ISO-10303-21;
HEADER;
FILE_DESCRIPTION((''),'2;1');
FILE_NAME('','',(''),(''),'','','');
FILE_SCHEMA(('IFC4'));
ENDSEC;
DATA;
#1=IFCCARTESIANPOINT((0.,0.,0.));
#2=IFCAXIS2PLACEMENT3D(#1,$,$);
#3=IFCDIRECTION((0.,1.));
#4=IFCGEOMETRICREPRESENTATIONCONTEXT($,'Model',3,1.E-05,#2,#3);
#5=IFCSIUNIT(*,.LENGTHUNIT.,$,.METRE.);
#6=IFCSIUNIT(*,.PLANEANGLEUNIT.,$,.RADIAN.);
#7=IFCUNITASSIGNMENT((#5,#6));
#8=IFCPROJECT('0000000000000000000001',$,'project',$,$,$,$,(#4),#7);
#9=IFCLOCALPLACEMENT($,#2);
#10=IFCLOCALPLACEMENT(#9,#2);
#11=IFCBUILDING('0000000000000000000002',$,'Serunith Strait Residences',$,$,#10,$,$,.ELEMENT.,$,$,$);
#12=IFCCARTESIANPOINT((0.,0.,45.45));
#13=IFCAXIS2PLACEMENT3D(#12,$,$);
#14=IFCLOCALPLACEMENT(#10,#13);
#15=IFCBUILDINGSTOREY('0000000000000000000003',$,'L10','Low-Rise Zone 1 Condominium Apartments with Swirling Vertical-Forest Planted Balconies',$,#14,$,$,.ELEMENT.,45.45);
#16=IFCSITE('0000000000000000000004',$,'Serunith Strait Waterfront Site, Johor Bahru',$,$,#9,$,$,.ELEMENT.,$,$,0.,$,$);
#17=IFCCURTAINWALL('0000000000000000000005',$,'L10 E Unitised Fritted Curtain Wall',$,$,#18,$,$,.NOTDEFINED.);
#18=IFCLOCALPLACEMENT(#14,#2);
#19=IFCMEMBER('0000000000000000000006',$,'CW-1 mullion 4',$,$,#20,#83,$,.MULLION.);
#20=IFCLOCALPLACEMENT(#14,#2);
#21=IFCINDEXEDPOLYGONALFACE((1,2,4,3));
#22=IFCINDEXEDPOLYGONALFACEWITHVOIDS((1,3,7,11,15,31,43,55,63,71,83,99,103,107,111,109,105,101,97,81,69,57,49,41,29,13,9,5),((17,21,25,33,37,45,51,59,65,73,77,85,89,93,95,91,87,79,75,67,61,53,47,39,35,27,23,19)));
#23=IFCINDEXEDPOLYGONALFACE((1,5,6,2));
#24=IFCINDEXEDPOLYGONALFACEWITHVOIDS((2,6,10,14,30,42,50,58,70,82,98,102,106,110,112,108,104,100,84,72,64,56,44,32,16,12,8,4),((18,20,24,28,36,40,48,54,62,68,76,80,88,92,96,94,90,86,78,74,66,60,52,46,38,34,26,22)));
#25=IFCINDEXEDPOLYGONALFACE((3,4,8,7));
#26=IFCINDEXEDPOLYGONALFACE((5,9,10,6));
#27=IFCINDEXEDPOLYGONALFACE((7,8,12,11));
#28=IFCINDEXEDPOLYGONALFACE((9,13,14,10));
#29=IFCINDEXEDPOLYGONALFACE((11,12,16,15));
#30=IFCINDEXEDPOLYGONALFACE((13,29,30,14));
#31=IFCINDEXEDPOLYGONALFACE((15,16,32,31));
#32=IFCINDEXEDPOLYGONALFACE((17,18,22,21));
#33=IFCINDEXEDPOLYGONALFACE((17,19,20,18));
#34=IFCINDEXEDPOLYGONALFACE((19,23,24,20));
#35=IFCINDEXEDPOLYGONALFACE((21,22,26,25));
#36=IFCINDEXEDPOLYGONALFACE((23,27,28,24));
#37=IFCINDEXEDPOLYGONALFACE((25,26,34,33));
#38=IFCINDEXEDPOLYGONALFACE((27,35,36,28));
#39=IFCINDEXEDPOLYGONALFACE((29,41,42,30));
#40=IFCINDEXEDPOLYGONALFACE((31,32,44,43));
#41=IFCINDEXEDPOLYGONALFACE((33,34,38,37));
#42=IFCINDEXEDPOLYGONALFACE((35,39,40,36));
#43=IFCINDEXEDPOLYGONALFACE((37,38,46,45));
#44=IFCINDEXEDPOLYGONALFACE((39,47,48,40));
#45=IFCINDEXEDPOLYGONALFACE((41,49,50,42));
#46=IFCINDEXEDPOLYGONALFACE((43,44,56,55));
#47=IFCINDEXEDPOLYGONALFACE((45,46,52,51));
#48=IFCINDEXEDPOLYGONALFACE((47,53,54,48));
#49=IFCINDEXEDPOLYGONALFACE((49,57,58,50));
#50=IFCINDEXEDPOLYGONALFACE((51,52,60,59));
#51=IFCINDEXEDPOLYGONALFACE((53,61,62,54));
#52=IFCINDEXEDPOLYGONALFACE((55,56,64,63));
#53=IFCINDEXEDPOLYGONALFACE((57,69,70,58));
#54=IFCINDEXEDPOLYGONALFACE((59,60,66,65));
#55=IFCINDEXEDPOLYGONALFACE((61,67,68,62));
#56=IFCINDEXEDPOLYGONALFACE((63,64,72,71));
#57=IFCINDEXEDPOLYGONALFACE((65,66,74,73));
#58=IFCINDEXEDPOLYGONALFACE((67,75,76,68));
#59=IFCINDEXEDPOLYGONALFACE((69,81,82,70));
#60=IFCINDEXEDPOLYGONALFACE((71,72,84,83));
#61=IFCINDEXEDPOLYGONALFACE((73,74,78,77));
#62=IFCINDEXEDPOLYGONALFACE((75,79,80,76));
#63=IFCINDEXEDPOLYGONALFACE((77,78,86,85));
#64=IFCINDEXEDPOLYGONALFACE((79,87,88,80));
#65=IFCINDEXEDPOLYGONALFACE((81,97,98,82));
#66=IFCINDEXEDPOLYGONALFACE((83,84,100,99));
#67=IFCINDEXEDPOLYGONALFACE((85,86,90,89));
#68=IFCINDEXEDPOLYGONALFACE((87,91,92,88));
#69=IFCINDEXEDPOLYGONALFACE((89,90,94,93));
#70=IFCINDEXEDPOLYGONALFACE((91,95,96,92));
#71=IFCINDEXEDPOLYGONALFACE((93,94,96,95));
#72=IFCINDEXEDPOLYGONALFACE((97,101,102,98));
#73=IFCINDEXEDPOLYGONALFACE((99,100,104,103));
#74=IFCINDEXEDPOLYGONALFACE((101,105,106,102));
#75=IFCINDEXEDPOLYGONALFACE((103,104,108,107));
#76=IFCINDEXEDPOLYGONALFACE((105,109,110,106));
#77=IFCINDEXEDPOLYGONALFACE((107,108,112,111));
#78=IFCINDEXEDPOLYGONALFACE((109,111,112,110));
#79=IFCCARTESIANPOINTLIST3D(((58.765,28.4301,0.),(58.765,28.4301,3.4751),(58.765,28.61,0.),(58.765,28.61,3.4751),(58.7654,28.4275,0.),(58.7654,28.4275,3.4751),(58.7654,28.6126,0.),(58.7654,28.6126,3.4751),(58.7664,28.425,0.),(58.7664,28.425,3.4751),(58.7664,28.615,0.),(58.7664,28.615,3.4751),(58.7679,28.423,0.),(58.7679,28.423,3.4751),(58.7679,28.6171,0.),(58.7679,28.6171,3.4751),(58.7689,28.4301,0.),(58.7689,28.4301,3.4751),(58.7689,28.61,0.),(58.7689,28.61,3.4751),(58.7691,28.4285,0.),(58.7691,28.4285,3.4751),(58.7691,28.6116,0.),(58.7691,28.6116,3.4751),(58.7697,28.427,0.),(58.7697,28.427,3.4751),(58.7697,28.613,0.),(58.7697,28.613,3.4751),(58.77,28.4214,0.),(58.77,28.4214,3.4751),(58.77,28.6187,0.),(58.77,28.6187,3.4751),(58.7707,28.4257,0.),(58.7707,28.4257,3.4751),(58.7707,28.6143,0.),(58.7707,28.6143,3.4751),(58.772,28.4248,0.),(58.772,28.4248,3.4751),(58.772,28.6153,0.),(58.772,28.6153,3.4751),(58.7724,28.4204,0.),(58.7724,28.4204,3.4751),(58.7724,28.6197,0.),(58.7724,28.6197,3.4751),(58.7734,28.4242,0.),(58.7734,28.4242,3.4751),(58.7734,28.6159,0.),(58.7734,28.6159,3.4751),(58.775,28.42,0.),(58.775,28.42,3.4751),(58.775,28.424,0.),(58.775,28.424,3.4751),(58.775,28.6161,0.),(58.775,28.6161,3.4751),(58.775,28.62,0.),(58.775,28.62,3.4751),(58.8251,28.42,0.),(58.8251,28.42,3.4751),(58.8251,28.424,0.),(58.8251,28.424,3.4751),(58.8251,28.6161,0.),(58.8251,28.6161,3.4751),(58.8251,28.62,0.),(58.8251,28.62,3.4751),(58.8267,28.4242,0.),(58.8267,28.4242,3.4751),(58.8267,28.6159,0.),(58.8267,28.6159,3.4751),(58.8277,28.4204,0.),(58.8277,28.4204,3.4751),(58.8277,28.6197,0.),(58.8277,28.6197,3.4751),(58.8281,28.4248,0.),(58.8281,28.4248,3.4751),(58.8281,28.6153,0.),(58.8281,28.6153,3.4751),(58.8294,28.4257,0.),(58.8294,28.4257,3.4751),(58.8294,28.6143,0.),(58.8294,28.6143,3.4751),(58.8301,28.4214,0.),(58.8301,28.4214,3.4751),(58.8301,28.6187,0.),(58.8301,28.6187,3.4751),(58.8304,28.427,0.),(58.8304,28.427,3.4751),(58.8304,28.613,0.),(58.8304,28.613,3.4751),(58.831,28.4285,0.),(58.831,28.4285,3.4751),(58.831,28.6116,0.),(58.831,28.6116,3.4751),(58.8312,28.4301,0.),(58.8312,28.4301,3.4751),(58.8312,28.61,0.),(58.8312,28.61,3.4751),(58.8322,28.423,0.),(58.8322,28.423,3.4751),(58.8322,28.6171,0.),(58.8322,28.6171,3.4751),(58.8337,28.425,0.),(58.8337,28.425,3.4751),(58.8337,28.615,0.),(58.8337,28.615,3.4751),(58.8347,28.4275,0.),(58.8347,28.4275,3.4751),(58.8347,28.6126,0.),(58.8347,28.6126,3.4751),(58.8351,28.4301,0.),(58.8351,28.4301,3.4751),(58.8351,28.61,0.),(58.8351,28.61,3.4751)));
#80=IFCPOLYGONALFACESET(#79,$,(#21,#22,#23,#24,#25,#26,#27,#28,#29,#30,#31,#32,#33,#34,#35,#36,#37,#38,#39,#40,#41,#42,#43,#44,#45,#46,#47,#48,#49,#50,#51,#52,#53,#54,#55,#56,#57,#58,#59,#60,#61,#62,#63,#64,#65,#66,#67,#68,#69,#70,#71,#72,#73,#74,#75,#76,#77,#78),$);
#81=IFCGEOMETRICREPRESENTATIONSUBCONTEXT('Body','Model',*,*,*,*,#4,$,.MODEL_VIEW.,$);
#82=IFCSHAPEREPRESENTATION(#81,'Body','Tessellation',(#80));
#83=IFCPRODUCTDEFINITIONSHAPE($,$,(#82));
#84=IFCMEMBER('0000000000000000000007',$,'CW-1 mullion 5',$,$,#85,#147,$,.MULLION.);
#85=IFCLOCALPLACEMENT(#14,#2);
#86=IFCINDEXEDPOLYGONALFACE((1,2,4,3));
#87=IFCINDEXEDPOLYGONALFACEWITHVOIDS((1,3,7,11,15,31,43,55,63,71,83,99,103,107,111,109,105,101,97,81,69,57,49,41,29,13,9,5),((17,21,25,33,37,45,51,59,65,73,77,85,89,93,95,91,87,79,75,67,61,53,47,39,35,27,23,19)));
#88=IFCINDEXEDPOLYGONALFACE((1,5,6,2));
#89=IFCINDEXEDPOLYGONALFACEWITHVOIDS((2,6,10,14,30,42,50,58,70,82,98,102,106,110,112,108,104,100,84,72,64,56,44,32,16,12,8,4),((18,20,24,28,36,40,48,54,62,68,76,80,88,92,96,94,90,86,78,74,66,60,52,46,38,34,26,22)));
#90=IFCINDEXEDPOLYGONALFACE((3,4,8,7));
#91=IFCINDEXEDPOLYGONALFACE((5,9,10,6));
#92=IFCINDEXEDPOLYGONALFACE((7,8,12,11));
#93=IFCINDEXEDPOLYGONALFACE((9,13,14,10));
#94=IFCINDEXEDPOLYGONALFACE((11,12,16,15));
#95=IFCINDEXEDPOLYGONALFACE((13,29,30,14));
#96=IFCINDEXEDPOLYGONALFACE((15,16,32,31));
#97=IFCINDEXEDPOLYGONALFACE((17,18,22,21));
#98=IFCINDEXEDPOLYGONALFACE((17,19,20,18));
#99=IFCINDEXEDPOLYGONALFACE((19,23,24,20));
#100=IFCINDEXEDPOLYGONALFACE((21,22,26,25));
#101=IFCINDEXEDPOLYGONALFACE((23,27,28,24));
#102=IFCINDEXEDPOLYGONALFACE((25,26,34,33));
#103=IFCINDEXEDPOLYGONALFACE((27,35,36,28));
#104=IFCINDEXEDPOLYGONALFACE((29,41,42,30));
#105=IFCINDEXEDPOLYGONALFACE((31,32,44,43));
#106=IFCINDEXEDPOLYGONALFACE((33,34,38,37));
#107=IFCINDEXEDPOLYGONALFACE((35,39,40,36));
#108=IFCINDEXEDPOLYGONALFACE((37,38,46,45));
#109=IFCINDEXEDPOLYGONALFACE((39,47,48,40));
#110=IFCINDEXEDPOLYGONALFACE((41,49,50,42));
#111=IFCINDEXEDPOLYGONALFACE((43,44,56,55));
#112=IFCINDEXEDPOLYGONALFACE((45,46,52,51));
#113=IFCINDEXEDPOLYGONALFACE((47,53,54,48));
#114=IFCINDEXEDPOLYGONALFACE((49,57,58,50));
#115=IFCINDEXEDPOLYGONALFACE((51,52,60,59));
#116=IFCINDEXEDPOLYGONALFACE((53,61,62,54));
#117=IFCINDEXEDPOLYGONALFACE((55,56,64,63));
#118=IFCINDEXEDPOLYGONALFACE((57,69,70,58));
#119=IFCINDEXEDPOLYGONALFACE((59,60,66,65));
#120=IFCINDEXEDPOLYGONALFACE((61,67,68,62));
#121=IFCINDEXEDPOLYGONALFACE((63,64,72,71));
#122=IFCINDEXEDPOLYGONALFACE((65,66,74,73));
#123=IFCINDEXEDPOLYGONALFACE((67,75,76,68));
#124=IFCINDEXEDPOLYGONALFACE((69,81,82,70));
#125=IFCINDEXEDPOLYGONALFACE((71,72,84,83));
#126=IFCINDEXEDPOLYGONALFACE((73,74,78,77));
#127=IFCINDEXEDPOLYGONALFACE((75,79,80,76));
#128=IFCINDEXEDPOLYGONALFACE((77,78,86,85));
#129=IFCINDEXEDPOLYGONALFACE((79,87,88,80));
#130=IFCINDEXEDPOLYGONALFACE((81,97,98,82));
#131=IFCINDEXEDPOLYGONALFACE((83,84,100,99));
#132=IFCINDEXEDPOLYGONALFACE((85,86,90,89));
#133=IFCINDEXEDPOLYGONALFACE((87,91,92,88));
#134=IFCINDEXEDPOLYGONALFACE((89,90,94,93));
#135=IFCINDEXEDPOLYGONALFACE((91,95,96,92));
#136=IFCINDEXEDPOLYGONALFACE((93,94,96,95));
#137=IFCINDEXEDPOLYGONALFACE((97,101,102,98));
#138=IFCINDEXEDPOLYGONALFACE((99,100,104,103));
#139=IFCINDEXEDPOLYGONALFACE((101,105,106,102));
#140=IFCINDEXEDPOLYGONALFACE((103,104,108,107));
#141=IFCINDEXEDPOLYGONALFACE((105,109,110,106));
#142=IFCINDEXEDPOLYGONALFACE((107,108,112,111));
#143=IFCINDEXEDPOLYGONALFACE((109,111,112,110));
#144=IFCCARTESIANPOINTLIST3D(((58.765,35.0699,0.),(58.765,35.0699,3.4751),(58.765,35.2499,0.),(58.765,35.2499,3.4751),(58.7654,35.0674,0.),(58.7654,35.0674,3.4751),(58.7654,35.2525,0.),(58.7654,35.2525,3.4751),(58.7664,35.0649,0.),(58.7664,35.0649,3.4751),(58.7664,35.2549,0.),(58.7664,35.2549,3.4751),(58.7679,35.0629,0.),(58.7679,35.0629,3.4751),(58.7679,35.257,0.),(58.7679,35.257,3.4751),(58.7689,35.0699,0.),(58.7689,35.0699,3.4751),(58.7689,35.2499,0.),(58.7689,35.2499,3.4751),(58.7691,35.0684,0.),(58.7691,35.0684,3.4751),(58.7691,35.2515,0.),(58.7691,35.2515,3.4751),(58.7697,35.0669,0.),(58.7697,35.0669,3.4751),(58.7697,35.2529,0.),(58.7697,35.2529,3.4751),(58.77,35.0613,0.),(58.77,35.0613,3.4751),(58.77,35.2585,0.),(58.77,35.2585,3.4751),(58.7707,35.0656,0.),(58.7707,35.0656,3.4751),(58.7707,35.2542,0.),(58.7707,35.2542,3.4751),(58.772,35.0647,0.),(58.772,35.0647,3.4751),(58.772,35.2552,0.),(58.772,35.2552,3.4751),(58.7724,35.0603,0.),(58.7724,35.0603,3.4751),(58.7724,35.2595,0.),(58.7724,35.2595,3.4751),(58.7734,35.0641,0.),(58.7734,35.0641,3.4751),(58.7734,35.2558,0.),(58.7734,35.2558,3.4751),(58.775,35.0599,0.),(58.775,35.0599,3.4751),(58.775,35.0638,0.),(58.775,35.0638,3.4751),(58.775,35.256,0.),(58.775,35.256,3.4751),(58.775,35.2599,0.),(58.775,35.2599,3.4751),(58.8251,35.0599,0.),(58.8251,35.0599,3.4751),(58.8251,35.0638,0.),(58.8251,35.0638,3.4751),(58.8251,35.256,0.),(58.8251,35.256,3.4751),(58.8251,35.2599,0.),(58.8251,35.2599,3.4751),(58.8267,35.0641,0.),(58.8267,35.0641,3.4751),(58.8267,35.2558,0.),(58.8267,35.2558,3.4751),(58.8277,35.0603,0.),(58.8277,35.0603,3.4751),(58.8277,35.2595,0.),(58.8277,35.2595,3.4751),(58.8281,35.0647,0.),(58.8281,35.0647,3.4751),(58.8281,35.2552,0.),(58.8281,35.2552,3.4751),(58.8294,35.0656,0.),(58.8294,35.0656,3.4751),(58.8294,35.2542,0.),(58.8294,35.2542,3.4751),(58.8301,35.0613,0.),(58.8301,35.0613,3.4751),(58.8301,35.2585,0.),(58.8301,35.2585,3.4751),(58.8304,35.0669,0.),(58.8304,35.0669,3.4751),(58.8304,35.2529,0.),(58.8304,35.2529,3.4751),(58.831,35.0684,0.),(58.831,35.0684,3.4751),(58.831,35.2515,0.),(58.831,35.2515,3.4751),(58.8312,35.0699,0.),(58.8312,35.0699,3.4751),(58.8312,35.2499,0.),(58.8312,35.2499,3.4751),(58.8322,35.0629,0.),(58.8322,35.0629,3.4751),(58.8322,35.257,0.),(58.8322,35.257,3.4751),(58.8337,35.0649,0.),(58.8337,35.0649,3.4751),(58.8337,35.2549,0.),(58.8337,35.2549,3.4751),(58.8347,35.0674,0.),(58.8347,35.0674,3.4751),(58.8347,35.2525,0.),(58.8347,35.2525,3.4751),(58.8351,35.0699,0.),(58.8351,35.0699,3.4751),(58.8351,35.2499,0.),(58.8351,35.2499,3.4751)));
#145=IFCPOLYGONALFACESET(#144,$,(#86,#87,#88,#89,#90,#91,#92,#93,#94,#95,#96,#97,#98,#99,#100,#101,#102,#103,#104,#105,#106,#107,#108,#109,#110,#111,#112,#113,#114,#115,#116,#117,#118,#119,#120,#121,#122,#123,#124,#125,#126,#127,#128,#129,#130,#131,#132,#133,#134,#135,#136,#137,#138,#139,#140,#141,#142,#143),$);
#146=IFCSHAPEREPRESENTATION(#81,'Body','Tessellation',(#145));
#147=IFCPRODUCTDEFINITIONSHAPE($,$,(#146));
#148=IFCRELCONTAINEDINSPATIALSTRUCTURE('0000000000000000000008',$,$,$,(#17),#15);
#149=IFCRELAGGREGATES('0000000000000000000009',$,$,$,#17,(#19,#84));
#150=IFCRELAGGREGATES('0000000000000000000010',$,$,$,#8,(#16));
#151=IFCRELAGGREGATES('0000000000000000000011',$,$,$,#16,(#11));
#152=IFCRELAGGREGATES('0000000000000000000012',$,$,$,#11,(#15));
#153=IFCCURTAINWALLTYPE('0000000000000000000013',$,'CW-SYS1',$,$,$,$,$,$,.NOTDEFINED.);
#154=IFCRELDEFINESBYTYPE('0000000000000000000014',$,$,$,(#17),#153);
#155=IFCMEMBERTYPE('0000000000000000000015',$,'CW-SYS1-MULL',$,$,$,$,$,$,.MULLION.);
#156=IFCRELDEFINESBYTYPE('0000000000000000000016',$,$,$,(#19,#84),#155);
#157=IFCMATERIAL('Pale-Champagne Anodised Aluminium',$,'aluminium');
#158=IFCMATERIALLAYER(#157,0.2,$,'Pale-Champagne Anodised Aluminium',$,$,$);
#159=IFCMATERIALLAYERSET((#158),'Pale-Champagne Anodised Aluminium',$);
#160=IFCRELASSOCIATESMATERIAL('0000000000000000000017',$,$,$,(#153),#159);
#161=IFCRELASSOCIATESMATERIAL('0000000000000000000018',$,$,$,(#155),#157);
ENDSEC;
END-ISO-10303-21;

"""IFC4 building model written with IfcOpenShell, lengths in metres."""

from ifc_helpers import new_model, si_unit, direction, frame, origin, origin_2d, place, context, subcontext, project, spatial, hollow_rectangle, extrude, source, transform, mapped, material, layer, layer_set, material_profile, profile_set, type_object, element, aggregate, save


model = new_model("IFC4")

# Units and contexts
model_context = context("Model", 3, precision=1e-05, world=origin(), true_north=direction((0.0, 1.0)))
body_context = subcontext(model_context, "Body", "Model", "MODEL_VIEW")
ifc_project = project(units=[si_unit("LENGTHUNIT", "METRE"), si_unit("PLANEANGLEUNIT", "RADIAN")], contexts=[model_context])

# Site, building, storey
site_placement = place(None, origin())
site = spatial("IfcSite", under=ifc_project, at=site_placement, Name="Serunith Strait Waterfront Site, Johor Bahru", CompositionType="ELEMENT", RefElevation=0.0)
building_placement = place(site_placement, origin())
building = spatial("IfcBuilding", under=site, at=building_placement, Name="Serunith Strait Residences", CompositionType="ELEMENT")
storey_placement = place(building_placement, frame((0.0, 0.0, 45.45)))
storey = spatial("IfcBuildingStorey", under=building, at=storey_placement, Name="L10", Description="Low-Rise Zone 1 Condominium Apartments with Swirling Vertical-Forest Planted Balconies", CompositionType="ELEMENT", Elevation=45.45)

# Curtain wall, members
ifc_material_1 = material(Name="Pale-Champagne Anodised Aluminium", Category="aluminium")
ifc_layer_1 = layer(ifc_material_1, 0.2, Name="Pale-Champagne Anodised Aluminium")
ifc_layer_set_1 = layer_set([ifc_layer_1], Name="Pale-Champagne Anodised Aluminium")
curtain_wall_type = type_object("IfcCurtainWallType", Name="CW-SYS1", PredefinedType="NOTDEFINED", material=ifc_layer_set_1)
curtain_wall_placement = place(storey_placement, origin())
curtain_wall = element("IfcCurtainWall", 1, at=curtain_wall_placement, inside=storey, type_object=curtain_wall_type, Name="L10 E Unitised Fritted Curtain Wall", PredefinedType="NOTDEFINED")
ifc_material_profile_1 = material_profile(ifc_material_1, hollow_rectangle(XDim=0.0701, YDim=0.2, WallThickness=0.0039, InnerFilletRadius=0.0061, OuterFilletRadius=0.01, at=origin_2d()), Name="ALU 200x70x4")
ifc_profile_set_1 = profile_set([ifc_material_profile_1], Name="Pale-Champagne Anodised Aluminium")
member_type_1 = type_object("IfcMemberType", Name="CW-SYS1-MULL", PredefinedType="MULLION", material=ifc_profile_set_1)
shared_shape_1 = source(origin(), body_context, "Body", "SweptSolid", [
    extrude(hollow_rectangle(XDim=0.0701, YDim=0.2, WallThickness=0.0039, InnerFilletRadius=0.0061, OuterFilletRadius=0.01, at=origin_2d()), origin(), (0.0, 0.0, 1.0), 3.4751),
])
member_1_placement = place(storey_placement, frame((58.8, 28.52, 0.0), z_axis=(0.0, 0.0, 1.0), x_axis=(-1.0, 0.0, 0.0)))
member_1 = element("IfcMember", 2, at=member_1_placement, type_object=member_type_1, Name="CW-1 mullion 4", PredefinedType="MULLION", context=body_context, shape_type="MappedRepresentation", body=[
    mapped(shared_shape_1, transform((0.0, 0.0, 0.0), scale=1.0)),
])
member_2_placement = place(storey_placement, frame((58.8, 35.1599, 0.0), z_axis=(0.0, 0.0, 1.0), x_axis=(-1.0, 0.0, 0.0)))
member_2 = element("IfcMember", 3, at=member_2_placement, type_object=member_type_1, Name="CW-1 mullion 5", PredefinedType="MULLION", context=body_context, shape_type="MappedRepresentation", body=[
    mapped(shared_shape_1, transform((0.0, 0.0, 0.0), scale=1.0)),
])
aggregate(curtain_wall, [member_1, member_2])

save(model, "model.ifc")
